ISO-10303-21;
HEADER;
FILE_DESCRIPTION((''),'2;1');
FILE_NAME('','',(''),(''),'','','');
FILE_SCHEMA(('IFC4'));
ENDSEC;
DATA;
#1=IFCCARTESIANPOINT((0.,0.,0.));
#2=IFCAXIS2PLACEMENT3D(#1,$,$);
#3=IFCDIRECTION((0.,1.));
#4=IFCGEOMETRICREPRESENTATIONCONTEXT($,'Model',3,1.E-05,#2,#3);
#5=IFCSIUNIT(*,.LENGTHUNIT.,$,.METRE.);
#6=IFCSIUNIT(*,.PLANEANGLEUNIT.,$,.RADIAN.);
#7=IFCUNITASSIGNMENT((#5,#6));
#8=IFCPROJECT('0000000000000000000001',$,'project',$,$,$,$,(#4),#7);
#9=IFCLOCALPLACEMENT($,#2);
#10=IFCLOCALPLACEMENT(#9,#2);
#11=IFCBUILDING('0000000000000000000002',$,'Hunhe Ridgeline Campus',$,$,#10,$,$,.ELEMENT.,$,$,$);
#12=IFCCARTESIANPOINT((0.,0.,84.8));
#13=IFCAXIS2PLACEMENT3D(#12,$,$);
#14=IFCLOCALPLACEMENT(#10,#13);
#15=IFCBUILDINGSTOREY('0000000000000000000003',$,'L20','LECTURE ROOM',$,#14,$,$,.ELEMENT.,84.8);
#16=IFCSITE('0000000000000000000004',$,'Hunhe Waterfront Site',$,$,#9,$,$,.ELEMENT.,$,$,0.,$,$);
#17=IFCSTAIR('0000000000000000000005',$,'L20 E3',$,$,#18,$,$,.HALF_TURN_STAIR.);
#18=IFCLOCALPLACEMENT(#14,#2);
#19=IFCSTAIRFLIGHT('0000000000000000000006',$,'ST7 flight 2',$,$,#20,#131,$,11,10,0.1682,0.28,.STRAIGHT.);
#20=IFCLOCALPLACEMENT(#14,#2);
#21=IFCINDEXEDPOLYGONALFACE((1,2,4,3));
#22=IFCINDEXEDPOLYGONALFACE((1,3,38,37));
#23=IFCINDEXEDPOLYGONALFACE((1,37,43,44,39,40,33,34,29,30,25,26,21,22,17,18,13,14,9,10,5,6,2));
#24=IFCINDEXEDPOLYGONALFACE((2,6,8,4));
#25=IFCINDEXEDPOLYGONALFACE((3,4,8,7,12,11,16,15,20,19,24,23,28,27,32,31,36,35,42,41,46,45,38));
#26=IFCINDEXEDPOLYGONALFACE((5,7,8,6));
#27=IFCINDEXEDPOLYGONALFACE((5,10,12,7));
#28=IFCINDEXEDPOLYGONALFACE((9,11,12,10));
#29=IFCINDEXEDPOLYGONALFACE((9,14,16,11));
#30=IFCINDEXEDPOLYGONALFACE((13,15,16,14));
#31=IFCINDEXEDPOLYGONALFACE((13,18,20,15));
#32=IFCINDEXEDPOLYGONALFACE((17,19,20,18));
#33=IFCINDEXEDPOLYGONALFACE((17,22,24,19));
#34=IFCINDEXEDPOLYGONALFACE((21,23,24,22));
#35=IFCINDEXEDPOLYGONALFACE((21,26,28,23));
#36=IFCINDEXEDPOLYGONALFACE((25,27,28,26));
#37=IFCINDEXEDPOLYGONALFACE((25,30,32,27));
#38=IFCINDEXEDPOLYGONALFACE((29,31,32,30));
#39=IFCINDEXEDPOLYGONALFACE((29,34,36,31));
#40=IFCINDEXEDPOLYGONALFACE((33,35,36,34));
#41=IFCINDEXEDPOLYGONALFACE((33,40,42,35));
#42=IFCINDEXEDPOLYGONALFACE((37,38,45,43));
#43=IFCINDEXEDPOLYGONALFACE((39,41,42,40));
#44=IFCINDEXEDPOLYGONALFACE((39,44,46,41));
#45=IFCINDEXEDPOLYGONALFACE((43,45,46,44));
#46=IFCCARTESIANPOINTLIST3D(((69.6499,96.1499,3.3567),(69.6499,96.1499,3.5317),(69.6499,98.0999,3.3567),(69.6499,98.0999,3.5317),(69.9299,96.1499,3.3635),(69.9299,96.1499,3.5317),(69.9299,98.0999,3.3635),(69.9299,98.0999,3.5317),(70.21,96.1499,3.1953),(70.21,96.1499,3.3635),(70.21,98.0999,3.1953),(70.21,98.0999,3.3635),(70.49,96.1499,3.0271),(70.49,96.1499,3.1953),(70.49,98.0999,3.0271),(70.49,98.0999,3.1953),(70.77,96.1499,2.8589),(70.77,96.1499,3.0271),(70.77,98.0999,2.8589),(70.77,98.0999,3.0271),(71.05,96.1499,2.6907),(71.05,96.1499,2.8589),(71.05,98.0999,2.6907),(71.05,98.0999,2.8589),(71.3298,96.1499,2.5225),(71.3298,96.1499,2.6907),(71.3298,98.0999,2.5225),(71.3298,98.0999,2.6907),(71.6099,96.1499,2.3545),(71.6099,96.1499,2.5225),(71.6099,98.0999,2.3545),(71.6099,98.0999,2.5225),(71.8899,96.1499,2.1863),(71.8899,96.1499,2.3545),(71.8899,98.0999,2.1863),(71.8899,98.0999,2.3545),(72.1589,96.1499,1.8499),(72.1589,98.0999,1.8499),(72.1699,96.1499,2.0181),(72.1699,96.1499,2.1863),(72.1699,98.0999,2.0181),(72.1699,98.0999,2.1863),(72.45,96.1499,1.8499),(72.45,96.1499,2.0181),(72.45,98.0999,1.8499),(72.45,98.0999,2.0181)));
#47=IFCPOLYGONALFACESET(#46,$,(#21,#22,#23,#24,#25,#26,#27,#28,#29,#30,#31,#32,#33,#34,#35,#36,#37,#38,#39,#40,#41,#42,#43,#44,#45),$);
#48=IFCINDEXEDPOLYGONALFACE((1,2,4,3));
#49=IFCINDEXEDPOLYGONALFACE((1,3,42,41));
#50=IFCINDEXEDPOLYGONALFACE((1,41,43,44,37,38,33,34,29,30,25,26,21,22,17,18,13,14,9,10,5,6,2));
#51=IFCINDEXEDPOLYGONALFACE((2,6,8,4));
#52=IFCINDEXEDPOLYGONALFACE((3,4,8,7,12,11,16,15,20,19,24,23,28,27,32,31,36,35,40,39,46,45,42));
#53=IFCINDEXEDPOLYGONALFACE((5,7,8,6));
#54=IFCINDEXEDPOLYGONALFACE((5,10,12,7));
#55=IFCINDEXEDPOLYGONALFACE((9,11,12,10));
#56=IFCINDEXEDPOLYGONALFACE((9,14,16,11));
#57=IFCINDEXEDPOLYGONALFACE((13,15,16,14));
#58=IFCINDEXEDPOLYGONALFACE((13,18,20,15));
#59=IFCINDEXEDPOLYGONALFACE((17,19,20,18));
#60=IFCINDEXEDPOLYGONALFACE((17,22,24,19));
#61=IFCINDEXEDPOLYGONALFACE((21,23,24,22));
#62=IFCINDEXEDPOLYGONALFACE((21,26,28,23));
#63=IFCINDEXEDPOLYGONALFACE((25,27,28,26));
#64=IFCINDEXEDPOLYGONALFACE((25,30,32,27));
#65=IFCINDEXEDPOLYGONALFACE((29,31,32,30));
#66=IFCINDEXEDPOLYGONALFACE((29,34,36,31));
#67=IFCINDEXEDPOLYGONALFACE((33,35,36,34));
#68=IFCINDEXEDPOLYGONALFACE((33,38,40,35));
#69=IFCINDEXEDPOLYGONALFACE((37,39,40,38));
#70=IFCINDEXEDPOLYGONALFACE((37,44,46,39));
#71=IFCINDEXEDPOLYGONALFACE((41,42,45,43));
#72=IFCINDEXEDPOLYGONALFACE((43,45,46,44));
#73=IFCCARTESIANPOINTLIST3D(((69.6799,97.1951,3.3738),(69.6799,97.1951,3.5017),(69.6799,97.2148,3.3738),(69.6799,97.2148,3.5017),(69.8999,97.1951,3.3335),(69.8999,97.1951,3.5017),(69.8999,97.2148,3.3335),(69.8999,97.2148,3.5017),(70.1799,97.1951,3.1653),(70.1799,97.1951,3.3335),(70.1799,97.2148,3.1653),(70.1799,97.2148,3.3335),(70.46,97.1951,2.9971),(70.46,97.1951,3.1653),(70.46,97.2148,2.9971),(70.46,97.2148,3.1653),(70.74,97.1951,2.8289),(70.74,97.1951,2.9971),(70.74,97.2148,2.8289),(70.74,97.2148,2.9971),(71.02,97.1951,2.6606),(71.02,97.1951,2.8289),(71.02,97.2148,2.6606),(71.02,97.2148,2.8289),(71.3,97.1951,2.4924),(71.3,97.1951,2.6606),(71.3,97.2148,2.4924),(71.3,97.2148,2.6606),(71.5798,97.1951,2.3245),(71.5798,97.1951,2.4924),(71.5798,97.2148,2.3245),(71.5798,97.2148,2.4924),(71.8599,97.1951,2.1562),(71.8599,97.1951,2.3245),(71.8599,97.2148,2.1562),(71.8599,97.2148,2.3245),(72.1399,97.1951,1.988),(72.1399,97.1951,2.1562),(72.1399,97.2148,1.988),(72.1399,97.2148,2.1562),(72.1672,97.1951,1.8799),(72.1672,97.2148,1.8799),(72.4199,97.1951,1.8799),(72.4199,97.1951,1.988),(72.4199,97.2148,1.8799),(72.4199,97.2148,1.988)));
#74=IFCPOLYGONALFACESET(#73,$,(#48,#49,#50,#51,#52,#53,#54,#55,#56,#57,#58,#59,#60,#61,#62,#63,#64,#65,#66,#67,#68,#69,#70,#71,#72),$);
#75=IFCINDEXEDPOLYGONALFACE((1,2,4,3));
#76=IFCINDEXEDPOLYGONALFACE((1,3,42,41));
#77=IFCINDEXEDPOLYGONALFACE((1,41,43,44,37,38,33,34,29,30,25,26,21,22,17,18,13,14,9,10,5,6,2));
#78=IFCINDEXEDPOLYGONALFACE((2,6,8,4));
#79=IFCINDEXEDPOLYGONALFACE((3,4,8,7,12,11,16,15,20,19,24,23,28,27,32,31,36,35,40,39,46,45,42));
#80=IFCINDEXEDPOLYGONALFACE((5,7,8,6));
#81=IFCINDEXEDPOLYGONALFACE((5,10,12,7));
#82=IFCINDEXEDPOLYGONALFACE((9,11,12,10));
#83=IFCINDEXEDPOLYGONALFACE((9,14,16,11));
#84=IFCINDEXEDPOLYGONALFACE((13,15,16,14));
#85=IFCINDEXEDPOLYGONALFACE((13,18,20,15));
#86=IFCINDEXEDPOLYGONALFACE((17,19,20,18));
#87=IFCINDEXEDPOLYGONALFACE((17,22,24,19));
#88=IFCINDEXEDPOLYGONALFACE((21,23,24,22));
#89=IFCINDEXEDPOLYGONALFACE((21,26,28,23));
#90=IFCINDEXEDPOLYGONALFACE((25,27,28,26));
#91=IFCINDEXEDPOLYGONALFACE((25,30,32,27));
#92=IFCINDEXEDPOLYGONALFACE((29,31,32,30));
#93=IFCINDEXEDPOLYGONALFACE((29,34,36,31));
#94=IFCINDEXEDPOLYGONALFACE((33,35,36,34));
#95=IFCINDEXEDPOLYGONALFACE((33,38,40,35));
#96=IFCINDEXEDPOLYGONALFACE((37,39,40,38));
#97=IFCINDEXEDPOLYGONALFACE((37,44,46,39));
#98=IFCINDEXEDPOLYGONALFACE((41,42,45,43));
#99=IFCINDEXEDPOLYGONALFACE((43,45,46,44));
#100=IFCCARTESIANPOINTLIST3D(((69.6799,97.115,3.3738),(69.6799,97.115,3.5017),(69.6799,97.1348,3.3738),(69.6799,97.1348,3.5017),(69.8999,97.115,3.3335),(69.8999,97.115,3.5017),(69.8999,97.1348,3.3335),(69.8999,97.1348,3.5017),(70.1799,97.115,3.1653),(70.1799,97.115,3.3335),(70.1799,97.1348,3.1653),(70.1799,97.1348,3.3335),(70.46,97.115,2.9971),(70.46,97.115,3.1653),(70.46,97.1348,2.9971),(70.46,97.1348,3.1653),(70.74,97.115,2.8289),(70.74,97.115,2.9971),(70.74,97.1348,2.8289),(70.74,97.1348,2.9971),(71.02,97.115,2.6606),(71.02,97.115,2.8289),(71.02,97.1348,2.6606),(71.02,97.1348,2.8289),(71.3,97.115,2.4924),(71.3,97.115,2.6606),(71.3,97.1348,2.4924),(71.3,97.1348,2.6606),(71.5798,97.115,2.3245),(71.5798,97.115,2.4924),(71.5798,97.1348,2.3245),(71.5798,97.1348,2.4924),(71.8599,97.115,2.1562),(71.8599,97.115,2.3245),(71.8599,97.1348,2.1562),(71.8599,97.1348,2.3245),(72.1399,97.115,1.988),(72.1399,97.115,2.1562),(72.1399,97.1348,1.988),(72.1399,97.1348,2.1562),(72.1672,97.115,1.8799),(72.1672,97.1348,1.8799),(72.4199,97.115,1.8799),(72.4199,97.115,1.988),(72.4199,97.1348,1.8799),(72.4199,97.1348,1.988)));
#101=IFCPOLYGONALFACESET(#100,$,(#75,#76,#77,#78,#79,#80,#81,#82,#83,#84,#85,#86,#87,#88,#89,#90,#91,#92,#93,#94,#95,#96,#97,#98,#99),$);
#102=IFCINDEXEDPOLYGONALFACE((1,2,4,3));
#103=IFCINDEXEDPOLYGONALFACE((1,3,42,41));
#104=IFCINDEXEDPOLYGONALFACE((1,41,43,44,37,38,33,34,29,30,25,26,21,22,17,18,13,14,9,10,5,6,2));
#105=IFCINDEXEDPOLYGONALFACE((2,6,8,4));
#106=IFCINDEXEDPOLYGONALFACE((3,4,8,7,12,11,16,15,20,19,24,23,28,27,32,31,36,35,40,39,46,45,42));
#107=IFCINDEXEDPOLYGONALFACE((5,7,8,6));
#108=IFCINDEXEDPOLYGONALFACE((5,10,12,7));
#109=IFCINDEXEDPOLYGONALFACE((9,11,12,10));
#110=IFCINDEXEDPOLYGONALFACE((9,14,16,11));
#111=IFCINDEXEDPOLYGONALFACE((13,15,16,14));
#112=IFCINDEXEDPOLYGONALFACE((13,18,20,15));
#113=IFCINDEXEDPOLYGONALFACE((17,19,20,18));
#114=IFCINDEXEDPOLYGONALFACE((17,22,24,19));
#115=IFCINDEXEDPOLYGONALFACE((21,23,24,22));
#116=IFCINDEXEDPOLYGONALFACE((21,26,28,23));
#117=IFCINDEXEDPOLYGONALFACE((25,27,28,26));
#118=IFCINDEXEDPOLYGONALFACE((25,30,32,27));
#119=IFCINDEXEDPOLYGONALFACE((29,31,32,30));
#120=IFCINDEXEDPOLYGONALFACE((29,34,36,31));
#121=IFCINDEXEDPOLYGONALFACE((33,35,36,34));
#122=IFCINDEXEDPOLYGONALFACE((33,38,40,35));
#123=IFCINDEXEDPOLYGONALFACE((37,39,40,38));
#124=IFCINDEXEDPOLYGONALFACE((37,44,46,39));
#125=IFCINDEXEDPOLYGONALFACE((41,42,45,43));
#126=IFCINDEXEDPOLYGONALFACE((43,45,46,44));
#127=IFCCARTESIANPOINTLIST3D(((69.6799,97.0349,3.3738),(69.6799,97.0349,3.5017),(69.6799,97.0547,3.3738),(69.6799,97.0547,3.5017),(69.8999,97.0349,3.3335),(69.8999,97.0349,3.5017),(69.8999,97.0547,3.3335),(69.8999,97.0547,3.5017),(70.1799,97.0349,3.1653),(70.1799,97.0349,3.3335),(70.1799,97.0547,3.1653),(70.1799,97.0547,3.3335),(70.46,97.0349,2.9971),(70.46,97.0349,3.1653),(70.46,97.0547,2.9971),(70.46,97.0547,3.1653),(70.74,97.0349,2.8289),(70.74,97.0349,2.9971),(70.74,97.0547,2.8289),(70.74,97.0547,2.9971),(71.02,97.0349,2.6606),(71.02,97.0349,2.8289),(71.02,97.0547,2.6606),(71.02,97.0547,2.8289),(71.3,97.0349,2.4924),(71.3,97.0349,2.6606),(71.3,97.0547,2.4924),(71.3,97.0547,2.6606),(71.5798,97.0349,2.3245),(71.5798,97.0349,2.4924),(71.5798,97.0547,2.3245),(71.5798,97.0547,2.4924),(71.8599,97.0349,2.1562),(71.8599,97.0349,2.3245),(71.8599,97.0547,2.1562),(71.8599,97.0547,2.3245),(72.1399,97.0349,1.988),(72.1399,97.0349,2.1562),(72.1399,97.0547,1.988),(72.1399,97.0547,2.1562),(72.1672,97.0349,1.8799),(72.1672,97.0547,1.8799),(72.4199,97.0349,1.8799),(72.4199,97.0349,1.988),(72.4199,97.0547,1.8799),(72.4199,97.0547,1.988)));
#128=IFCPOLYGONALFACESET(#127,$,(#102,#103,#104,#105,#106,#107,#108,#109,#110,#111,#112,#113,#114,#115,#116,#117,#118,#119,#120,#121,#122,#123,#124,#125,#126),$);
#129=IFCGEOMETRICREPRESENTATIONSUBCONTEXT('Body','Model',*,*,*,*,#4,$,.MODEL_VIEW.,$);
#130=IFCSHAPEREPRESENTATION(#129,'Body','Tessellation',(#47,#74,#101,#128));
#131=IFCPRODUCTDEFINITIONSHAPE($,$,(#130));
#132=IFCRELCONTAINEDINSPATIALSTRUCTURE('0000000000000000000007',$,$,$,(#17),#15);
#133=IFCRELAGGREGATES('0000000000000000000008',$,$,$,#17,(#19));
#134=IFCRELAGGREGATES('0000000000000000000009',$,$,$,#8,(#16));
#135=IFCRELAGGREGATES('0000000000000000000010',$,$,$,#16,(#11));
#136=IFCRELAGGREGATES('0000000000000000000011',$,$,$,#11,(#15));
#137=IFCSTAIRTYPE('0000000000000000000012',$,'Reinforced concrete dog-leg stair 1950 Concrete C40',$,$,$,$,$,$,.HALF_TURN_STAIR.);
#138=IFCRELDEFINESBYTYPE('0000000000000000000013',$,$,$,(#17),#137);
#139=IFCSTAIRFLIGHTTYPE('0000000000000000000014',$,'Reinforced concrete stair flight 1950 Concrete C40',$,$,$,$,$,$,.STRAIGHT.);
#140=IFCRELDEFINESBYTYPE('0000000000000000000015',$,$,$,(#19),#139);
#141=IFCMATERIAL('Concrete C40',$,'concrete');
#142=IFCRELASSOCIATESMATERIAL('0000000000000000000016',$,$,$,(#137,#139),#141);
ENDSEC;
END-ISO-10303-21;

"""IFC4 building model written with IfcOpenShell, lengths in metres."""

from ifc_helpers import new_model, si_unit, direction, frame, origin, place, context, subcontext, project, spatial, polyline, outline, extrude, material, type_object, element, aggregate, save


model = new_model("IFC4")

# Units and contexts
model_context = context("Model", 3, precision=1e-05, world=origin(), true_north=direction((0.0, 1.0)))
body_context = subcontext(model_context, "Body", "Model", "MODEL_VIEW")
ifc_project = project(units=[si_unit("LENGTHUNIT", "METRE"), si_unit("PLANEANGLEUNIT", "RADIAN")], contexts=[model_context])

# Site, building, storey
site_placement = place(None, origin())
site = spatial("IfcSite", under=ifc_project, at=site_placement, Name="Hunhe Waterfront Site", CompositionType="ELEMENT", RefElevation=0.0)
building_placement = place(site_placement, origin())
building = spatial("IfcBuilding", under=site, at=building_placement, Name="Hunhe Ridgeline Campus", CompositionType="ELEMENT")
storey_placement = place(building_placement, frame((0.0, 0.0, 84.8)))
storey = spatial("IfcBuildingStorey", under=building, at=storey_placement, Name="L20", Description="LECTURE ROOM", CompositionType="ELEMENT", Elevation=84.8)

# Stair, stair flight
ifc_material_1 = material(Name="Concrete C40", Category="concrete")
stair_type = type_object("IfcStairType", Name="Reinforced concrete dog-leg stair 1950 Concrete C40", PredefinedType="HALF_TURN_STAIR", material=ifc_material_1)
stair_placement = place(storey_placement, origin())
stair = element("IfcStair", 1, at=stair_placement, inside=storey, type_object=stair_type, Name="L20 E3", PredefinedType="HALF_TURN_STAIR")
stair_flight_type = type_object("IfcStairFlightType", Name="Reinforced concrete stair flight 1950 Concrete C40", PredefinedType="STRAIGHT", material=ifc_material_1)
stair_flight_placement = place(storey_placement, frame((72.45, 97.125, 1.8499), z_axis=(0.0, 0.0, 1.0), x_axis=(-1.0, 0.0, 0.0)))
stair_flight = element("IfcStairFlight", 2, at=stair_flight_placement, type_object=stair_flight_type, Name="ST7 flight 2", NumberOfRisers=11, NumberOfTreads=10, PredefinedType="STRAIGHT", RiserHeight=0.1682, TreadLength=0.28, context=body_context, shape_type="SweptSolid", body=[
    extrude(outline(polyline([(0.0, 0.0), (0.0, 0.1682), (0.28, 0.1682), (0.28, 0.3364), (0.5601, 0.3364), (0.5601, 0.5046), (0.8401, 0.5046), (0.8401, 0.6726), (1.1201, 0.6726), (1.1201, 0.8408), (1.3999, 0.8408), (1.3999, 1.009), (1.6799, 1.009), (1.6799, 1.1772), (1.96, 1.1772), (1.96, 1.3455), (2.24, 1.3455), (2.24, 1.5137), (2.52, 1.5137), (2.52, 1.6819), (2.8, 1.6819), (2.8, 1.8501), (2.8, 1.5068), (0.291, 0.0), (0.0, 0.0)])), frame((0.0, 0.9751, 0.0), z_axis=(0.0, -1.0, 0.0), x_axis=(1.0, 0.0, 0.0)), (0.0, 0.0, 1.0), 1.95),
    extrude(outline(polyline([(0.03, 0.03), (0.03, 0.1382), (0.3101, 0.1382), (0.3101, 0.3064), (0.5901, 0.3064), (0.5901, 0.4746), (0.8701, 0.4746), (0.8701, 0.6426), (1.1499, 0.6426), (1.1499, 0.8108), (1.4299, 0.8108), (1.4299, 0.979), (1.71, 0.979), (1.71, 1.1472), (1.99, 1.1472), (1.99, 1.3154), (2.27, 1.3154), (2.27, 1.4836), (2.55, 1.4836), (2.55, 1.6519), (2.77, 1.6519), (2.77, 1.5239), (0.2827, 0.03), (0.03, 0.03)])), frame((0.0, -0.0701, 0.0), z_axis=(0.0, -1.0, 0.0), x_axis=(1.0, 0.0, 0.0)), (0.0, 0.0, 1.0), 0.0198),
    extrude(outline(polyline([(0.03, 0.03), (0.03, 0.1382), (0.3101, 0.1382), (0.3101, 0.3064), (0.5901, 0.3064), (0.5901, 0.4746), (0.8701, 0.4746), (0.8701, 0.6426), (1.1499, 0.6426), (1.1499, 0.8108), (1.4299, 0.8108), (1.4299, 0.979), (1.71, 0.979), (1.71, 1.1472), (1.99, 1.1472), (1.99, 1.3154), (2.27, 1.3154), (2.27, 1.4836), (2.55, 1.4836), (2.55, 1.6519), (2.77, 1.6519), (2.77, 1.5239), (0.2827, 0.03), (0.03, 0.03)])), frame((0.0, 0.01, 0.0), z_axis=(0.0, -1.0, 0.0), x_axis=(1.0, 0.0, 0.0)), (0.0, 0.0, 1.0), 0.0198),
    extrude(outline(polyline([(0.03, 0.03), (0.03, 0.1382), (0.3101, 0.1382), (0.3101, 0.3064), (0.5901, 0.3064), (0.5901, 0.4746), (0.8701, 0.4746), (0.8701, 0.6426), (1.1499, 0.6426), (1.1499, 0.8108), (1.4299, 0.8108), (1.4299, 0.979), (1.71, 0.979), (1.71, 1.1472), (1.99, 1.1472), (1.99, 1.3154), (2.27, 1.3154), (2.27, 1.4836), (2.55, 1.4836), (2.55, 1.6519), (2.77, 1.6519), (2.77, 1.5239), (0.2827, 0.03), (0.03, 0.03)])), frame((0.0, 0.0901, 0.0), z_axis=(0.0, -1.0, 0.0), x_axis=(1.0, 0.0, 0.0)), (0.0, 0.0, 1.0), 0.0198),
])
aggregate(stair, [stair_flight])

save(model, "model.ifc")
